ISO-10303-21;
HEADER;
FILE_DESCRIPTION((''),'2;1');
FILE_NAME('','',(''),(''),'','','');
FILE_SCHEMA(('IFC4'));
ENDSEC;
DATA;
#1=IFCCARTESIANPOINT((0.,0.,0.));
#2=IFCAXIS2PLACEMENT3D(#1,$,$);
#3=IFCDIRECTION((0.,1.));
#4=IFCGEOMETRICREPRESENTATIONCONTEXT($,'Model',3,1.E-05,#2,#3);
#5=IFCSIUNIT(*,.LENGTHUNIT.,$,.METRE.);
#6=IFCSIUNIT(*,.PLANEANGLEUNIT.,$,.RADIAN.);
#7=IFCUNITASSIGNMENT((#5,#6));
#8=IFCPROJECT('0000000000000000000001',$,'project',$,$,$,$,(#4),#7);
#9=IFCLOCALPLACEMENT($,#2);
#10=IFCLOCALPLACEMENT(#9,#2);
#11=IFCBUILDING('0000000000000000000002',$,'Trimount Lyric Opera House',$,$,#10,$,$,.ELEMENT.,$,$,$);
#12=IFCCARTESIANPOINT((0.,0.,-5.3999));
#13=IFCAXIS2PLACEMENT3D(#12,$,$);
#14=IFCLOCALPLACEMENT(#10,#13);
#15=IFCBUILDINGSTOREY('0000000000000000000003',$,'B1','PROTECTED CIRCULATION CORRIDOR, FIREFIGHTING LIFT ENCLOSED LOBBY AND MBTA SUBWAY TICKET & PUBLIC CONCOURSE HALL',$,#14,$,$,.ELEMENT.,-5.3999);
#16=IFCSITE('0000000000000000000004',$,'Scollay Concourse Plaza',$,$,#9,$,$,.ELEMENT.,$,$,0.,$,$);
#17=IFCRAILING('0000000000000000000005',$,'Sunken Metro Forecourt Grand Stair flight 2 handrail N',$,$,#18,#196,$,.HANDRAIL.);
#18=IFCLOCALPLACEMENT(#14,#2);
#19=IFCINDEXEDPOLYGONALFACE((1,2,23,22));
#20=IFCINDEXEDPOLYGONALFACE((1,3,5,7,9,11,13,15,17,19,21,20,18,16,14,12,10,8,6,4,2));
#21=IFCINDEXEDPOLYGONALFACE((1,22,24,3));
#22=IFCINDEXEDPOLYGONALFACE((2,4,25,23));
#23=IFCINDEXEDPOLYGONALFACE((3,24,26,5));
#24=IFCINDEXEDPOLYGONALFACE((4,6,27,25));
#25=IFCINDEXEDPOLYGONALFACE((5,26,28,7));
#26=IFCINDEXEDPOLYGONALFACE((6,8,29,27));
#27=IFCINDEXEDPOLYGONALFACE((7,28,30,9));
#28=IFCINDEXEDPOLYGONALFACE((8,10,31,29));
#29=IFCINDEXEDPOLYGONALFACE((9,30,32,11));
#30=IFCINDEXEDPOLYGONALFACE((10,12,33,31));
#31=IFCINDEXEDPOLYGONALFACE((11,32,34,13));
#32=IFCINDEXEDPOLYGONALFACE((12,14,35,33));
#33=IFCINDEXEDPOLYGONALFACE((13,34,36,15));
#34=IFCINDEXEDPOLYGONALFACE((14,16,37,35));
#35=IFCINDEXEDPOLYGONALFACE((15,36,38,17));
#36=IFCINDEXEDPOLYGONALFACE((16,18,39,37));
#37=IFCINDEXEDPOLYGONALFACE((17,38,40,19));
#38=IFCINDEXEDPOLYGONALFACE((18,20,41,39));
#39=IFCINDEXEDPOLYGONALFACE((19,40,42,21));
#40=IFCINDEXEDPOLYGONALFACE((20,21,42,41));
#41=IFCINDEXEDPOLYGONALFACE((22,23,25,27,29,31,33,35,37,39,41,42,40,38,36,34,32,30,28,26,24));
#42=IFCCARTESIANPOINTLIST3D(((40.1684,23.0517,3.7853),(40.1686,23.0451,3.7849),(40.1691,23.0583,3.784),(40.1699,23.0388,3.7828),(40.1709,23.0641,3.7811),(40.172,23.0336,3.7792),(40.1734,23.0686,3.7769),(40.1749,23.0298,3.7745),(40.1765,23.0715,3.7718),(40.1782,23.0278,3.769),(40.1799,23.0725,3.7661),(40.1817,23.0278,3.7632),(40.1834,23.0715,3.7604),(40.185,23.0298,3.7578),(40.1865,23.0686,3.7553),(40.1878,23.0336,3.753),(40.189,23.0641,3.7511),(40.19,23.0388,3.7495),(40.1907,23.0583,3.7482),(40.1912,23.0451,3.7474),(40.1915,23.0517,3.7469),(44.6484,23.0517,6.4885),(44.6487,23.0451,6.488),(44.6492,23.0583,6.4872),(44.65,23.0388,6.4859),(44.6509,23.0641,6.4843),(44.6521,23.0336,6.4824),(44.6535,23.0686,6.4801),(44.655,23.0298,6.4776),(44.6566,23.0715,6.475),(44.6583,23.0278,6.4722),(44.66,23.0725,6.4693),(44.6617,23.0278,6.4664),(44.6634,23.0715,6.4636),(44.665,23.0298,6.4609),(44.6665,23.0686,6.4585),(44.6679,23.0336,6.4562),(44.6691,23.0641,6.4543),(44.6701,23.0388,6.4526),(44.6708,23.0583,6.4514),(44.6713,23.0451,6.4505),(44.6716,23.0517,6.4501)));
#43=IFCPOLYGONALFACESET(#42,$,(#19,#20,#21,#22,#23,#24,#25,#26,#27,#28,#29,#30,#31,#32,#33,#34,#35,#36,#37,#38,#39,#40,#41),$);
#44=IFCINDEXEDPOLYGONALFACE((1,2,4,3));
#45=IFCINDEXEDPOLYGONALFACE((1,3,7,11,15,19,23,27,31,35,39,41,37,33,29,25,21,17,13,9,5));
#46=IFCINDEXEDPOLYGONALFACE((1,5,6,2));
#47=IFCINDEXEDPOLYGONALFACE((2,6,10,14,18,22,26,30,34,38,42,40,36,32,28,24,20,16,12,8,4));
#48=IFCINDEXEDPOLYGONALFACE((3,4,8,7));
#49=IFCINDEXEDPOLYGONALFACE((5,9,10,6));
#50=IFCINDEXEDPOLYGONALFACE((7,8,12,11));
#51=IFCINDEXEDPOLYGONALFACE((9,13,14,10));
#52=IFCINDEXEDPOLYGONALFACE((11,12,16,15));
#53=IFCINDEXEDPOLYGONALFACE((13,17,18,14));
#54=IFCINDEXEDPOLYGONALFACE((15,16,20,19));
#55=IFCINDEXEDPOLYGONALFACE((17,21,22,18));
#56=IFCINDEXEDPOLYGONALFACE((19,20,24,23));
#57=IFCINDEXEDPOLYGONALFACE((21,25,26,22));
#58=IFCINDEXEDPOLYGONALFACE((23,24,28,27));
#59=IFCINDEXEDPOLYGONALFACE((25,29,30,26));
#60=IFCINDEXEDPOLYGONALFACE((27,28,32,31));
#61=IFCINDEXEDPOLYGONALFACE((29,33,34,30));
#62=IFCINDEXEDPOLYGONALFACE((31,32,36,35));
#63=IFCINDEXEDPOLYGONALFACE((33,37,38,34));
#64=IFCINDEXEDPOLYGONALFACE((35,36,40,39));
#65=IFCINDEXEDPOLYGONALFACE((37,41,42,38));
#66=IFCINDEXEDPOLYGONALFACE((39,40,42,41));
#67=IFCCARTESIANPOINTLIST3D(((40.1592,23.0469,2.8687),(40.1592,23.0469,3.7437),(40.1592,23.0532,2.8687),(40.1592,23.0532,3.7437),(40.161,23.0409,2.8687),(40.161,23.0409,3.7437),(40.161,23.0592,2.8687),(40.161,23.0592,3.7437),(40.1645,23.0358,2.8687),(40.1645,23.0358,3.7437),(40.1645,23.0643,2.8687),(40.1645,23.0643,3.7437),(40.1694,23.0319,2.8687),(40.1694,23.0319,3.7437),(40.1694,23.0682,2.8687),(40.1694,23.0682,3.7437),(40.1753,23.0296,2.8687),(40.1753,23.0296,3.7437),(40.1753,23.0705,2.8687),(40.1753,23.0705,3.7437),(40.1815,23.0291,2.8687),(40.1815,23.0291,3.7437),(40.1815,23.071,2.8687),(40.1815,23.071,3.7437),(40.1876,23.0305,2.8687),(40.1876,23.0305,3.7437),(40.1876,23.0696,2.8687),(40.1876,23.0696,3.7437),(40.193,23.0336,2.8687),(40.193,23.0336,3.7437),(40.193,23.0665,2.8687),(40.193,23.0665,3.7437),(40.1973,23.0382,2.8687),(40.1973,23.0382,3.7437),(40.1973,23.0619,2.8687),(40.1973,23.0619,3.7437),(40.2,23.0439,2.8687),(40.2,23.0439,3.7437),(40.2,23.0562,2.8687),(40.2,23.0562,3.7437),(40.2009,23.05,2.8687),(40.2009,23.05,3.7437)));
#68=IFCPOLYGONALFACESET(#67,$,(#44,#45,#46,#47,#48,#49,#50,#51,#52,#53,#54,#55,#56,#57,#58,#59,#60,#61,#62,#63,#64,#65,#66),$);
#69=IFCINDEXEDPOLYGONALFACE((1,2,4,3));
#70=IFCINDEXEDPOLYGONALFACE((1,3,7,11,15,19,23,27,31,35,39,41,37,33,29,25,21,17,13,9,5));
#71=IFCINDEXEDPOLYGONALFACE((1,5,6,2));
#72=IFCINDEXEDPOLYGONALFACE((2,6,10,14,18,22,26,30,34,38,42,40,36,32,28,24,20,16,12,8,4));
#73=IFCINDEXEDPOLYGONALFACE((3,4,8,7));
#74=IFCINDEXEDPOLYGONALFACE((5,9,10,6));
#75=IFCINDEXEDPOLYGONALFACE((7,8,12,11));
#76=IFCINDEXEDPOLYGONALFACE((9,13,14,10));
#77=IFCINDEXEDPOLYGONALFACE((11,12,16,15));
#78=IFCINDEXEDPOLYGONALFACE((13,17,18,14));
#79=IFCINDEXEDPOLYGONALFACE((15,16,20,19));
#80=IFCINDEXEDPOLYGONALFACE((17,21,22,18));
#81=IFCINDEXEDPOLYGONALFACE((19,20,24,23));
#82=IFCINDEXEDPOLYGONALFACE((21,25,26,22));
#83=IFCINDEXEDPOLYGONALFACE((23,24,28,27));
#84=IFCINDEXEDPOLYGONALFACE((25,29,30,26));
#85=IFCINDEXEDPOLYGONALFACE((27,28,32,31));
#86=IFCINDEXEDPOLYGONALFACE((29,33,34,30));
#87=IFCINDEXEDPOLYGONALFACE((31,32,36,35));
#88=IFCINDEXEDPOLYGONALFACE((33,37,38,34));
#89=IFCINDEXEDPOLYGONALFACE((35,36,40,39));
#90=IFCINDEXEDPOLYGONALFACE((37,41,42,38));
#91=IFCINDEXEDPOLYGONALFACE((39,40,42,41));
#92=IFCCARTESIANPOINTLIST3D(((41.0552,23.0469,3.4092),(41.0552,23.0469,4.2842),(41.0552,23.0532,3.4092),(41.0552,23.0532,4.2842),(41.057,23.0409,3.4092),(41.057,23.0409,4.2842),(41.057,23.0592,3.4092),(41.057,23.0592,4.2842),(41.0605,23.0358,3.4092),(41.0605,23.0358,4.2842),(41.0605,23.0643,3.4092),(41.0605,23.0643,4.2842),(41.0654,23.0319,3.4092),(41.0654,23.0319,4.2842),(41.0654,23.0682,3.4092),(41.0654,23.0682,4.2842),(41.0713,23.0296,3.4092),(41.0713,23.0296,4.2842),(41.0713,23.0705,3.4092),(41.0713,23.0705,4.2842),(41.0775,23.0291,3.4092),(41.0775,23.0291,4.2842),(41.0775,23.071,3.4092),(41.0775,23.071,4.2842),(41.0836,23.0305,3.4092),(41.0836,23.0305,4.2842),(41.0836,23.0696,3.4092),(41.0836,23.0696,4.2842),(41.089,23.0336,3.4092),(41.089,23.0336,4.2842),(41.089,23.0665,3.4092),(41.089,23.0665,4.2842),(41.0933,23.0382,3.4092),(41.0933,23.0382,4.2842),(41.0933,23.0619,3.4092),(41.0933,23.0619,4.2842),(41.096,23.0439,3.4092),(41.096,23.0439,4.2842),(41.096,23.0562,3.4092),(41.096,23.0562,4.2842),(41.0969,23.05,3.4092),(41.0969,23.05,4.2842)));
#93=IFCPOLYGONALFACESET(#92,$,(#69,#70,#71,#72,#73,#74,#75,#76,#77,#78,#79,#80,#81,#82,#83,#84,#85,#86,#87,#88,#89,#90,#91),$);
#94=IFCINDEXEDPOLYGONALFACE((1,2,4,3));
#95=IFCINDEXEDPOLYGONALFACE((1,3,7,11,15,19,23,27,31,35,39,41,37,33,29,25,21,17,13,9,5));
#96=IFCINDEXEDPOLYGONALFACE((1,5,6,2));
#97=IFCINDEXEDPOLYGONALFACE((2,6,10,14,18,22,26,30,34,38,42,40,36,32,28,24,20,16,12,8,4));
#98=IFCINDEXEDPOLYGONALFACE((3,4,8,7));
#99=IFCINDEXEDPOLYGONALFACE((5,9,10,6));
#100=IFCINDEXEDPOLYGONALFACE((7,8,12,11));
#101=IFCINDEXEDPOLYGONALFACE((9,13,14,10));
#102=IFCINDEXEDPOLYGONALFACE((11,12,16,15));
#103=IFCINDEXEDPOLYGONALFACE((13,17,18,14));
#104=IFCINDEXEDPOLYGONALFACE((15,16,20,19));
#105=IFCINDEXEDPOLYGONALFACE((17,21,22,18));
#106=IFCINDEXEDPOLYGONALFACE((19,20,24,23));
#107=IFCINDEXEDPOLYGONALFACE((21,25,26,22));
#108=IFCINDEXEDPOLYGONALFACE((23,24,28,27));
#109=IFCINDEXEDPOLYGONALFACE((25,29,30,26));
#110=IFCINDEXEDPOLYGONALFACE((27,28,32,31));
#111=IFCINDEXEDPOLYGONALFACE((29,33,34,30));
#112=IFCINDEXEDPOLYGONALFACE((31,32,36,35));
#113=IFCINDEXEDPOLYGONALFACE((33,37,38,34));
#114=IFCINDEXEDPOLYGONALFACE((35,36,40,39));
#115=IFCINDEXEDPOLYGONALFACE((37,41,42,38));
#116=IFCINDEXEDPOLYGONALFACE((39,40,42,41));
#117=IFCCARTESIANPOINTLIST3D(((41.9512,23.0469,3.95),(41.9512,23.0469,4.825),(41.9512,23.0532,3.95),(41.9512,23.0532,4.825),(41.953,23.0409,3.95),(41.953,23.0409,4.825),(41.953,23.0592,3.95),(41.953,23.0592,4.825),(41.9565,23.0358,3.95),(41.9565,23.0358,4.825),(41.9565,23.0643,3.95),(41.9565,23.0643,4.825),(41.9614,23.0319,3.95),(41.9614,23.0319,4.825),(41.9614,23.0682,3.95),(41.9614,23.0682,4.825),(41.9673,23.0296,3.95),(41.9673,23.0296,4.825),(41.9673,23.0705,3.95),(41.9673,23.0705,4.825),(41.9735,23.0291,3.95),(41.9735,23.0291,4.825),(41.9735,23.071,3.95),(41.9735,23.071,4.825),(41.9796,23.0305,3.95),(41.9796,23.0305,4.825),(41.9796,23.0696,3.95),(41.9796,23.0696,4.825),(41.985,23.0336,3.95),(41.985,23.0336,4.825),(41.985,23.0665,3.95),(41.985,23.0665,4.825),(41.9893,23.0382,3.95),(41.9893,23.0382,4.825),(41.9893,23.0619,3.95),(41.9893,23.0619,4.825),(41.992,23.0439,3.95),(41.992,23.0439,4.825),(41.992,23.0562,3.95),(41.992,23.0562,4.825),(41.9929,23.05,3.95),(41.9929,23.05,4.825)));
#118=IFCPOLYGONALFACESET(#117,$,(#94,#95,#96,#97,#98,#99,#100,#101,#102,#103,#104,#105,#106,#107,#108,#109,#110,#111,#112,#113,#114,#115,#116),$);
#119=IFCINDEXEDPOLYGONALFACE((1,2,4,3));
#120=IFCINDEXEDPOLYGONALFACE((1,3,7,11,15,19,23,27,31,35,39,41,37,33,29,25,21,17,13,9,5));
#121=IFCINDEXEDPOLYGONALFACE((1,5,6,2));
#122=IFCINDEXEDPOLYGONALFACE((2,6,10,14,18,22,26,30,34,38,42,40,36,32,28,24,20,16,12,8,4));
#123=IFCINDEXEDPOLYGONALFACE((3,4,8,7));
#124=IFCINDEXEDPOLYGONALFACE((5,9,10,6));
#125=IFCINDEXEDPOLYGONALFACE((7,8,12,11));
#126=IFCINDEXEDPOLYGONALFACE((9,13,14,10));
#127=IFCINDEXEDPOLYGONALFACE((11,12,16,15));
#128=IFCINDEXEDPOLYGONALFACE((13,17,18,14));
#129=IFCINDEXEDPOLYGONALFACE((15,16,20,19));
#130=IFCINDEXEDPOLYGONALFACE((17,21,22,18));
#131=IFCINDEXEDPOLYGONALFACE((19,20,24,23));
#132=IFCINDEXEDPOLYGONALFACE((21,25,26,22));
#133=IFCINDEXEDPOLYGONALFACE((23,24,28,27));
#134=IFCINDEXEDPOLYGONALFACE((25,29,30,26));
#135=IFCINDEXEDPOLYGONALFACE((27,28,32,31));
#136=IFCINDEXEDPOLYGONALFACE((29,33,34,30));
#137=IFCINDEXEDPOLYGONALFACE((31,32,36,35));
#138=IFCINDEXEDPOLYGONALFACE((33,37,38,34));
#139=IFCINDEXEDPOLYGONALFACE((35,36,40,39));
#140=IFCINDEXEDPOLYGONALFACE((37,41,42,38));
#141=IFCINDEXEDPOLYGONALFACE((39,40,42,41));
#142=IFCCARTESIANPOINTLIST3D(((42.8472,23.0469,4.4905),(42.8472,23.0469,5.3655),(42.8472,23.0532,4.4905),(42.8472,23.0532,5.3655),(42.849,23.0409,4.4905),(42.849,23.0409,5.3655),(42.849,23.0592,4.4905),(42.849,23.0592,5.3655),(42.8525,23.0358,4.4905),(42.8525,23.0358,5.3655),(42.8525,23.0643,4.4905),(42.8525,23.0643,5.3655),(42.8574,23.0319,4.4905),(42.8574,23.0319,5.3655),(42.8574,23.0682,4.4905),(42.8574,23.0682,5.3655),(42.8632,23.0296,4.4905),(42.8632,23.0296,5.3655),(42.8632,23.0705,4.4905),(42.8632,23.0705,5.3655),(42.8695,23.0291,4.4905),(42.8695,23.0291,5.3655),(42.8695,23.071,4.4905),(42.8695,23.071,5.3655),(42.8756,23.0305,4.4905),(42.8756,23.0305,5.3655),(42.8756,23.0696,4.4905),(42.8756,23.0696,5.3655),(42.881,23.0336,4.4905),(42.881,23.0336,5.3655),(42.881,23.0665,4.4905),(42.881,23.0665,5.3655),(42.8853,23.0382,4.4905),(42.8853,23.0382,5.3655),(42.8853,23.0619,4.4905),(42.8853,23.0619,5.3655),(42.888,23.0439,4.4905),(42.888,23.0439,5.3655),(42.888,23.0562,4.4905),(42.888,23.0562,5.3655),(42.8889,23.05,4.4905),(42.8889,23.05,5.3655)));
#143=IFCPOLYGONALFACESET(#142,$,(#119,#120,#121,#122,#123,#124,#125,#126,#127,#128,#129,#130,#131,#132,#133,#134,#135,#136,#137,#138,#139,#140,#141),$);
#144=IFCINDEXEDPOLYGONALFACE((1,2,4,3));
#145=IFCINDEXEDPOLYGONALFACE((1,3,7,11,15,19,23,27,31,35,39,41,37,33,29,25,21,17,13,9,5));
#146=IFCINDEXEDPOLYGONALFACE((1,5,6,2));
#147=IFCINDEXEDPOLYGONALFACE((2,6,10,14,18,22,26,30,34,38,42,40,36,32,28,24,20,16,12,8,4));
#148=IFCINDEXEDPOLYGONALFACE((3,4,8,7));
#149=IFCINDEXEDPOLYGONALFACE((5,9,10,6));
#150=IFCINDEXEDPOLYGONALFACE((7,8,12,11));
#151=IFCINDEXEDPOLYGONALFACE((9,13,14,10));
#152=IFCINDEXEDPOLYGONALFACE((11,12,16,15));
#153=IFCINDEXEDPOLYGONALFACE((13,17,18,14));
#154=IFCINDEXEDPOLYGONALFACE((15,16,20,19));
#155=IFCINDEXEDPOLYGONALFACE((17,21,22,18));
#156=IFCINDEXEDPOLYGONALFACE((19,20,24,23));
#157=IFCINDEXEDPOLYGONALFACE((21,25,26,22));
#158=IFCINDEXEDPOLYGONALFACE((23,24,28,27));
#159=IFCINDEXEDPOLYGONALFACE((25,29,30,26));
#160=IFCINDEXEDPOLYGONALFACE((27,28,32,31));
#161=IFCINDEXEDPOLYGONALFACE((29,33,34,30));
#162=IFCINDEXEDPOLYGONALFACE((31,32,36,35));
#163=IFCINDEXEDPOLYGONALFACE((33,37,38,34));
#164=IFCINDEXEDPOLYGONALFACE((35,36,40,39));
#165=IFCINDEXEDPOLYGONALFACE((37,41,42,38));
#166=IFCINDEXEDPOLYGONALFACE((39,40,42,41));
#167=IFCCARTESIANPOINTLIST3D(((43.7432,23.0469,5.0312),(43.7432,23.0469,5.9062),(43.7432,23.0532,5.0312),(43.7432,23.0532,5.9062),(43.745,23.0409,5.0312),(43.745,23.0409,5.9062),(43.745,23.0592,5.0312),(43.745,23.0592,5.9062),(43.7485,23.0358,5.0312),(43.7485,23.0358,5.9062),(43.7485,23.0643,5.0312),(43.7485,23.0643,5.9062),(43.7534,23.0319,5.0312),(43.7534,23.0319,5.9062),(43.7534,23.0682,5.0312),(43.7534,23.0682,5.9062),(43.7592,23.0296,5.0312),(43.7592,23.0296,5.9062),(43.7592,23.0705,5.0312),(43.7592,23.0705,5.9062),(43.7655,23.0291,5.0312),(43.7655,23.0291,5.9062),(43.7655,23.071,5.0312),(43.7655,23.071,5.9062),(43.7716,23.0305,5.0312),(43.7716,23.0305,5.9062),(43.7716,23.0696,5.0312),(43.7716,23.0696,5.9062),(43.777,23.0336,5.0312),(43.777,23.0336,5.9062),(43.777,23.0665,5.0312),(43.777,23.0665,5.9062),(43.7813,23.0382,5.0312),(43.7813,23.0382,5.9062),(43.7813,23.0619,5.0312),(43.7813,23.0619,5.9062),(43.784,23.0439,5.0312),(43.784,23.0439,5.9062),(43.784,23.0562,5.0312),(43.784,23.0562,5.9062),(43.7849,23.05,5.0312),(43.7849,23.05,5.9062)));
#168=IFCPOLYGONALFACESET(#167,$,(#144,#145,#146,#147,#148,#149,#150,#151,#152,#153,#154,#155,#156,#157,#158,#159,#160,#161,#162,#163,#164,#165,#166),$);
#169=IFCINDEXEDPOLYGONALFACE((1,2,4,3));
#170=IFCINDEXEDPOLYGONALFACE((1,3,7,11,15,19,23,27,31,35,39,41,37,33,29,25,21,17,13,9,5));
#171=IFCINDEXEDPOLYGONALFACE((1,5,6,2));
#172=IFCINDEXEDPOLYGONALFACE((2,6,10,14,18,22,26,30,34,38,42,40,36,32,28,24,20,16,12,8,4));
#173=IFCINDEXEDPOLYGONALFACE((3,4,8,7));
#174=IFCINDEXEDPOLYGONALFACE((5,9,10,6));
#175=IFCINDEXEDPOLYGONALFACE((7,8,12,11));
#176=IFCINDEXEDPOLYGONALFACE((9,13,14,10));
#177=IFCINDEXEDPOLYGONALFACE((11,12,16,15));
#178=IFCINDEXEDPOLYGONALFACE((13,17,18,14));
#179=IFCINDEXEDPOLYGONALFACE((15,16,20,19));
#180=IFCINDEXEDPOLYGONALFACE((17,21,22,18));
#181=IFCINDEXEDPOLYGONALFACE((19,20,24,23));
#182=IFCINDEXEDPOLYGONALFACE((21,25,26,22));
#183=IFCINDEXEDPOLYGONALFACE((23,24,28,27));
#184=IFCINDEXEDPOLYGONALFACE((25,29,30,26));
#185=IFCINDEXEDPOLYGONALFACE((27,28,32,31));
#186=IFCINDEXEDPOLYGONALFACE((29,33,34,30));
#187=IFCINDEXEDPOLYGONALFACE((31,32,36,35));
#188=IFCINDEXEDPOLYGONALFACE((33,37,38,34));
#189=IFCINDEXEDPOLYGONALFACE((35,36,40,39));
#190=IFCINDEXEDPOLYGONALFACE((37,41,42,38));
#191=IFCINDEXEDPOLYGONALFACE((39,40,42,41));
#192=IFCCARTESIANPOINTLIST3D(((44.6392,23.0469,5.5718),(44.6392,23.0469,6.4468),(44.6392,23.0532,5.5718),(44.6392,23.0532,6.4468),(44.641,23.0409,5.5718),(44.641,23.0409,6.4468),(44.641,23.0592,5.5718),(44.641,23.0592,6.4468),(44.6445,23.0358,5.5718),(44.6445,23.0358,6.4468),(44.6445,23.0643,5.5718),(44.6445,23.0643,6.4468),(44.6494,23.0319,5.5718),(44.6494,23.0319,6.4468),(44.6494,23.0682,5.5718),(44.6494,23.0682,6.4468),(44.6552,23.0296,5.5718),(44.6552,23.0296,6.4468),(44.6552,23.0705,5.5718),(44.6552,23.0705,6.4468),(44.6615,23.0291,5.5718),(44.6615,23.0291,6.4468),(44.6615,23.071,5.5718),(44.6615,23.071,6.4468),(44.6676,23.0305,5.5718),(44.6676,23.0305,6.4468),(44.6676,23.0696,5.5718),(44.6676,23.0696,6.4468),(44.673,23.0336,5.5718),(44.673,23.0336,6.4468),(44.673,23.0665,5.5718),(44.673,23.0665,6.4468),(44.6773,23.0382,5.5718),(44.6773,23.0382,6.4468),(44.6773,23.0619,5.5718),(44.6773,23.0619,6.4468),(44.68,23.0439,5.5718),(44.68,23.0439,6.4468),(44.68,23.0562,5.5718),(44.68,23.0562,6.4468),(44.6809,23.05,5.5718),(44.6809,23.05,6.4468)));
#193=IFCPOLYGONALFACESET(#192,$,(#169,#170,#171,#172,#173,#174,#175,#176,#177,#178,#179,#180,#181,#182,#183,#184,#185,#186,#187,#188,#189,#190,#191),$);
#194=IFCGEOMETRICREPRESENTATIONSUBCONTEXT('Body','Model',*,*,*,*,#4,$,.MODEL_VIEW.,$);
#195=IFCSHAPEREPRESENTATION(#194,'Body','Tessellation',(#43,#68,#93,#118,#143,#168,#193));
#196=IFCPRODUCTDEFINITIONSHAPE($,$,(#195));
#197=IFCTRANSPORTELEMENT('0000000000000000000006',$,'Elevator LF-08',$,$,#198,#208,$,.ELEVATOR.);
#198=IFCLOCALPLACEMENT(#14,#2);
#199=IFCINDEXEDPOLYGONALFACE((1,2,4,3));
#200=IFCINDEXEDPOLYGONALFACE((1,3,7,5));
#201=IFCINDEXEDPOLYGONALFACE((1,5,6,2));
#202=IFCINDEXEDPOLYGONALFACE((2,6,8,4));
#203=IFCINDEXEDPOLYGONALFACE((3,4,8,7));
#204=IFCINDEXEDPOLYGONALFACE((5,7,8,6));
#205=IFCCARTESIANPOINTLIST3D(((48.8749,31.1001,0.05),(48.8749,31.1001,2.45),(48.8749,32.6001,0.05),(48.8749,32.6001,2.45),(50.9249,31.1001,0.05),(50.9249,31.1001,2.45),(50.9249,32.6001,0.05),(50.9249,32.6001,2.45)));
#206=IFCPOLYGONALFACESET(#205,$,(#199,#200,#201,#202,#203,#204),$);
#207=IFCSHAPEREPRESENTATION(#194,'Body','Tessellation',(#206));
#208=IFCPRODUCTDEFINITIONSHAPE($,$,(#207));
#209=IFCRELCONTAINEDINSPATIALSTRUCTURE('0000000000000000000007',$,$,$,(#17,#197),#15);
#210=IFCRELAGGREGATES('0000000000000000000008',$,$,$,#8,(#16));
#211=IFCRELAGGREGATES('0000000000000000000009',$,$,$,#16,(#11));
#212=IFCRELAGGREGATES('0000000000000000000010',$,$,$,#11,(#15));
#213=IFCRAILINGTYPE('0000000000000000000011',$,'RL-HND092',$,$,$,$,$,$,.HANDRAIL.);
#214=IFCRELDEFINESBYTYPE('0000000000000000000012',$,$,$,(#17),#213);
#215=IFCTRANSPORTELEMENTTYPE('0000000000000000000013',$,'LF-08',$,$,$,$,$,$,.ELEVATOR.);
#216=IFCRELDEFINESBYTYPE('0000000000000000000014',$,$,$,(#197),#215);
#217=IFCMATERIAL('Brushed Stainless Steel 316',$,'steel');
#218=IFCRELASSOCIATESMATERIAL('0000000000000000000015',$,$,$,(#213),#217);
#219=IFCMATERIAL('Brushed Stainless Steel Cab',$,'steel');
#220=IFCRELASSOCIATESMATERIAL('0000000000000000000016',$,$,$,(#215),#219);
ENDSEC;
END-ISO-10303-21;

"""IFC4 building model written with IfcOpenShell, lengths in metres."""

from ifc_helpers import new_model, si_unit, direction, frame, origin, origin_2d, place, context, subcontext, project, spatial, rectangle, circle, extrude, material, type_object, element, save


model = new_model("IFC4")

# Units and contexts
model_context = context("Model", 3, precision=1e-05, world=origin(), true_north=direction((0.0, 1.0)))
body_context = subcontext(model_context, "Body", "Model", "MODEL_VIEW")
ifc_project = project(units=[si_unit("LENGTHUNIT", "METRE"), si_unit("PLANEANGLEUNIT", "RADIAN")], contexts=[model_context])

# Site, building, storey
site_placement = place(None, origin())
site = spatial("IfcSite", under=ifc_project, at=site_placement, Name="Scollay Concourse Plaza", CompositionType="ELEMENT", RefElevation=0.0)
building_placement = place(site_placement, origin())
building = spatial("IfcBuilding", under=site, at=building_placement, Name="Trimount Lyric Opera House", CompositionType="ELEMENT")
storey_placement = place(building_placement, frame((0.0, 0.0, -5.3999)))
storey = spatial("IfcBuildingStorey", under=building, at=storey_placement, Name="B1", Description="PROTECTED CIRCULATION CORRIDOR, FIREFIGHTING LIFT ENCLOSED LOBBY AND MBTA SUBWAY TICKET & PUBLIC CONCOURSE HALL", CompositionType="ELEMENT", Elevation=-5.3999)

# Railing
ifc_material_1 = material(Name="Brushed Stainless Steel 316", Category="steel")
railing_type = type_object("IfcRailingType", Name="RL-HND092", PredefinedType="HANDRAIL", material=ifc_material_1)
for number, where, name in (
    (1, (40.1799, 23.05, 2.8687), "Sunken Metro Forecourt Grand Stair flight 2 handrail N"),
):
    element("IfcRailing", number, at=place(storey_placement, frame(where)), inside=storey, type_object=railing_type, Name=name, PredefinedType="HANDRAIL", context=body_context, shape_type="SweptSolid", body=[
        extrude(circle(Radius=0.0225, at=origin_2d()), frame((0.0, 0.0, 0.8975), z_axis=(0.856214, 0.0, 0.516621), x_axis=(0.0, 1.0, 0.0)), (0.0, 0.0, 1.0), 5.2324),
        extrude(circle(Radius=0.021, at=origin_2d()), origin(), (0.0, 0.0, 1.0), 0.875),
        extrude(circle(Radius=0.021, at=origin_2d()), frame((0.896, 0.0, 0.5405)), (0.0, 0.0, 1.0), 0.875),
        extrude(circle(Radius=0.021, at=origin_2d()), frame((1.792, 0.0, 1.0813)), (0.0, 0.0, 1.0), 0.875),
        extrude(circle(Radius=0.021, at=origin_2d()), frame((2.688, 0.0, 1.6218)), (0.0, 0.0, 1.0), 0.875),
        extrude(circle(Radius=0.021, at=origin_2d()), frame((3.584, 0.0, 2.1626)), (0.0, 0.0, 1.0), 0.875),
        extrude(circle(Radius=0.021, at=origin_2d()), frame((4.48, 0.0, 2.7031)), (0.0, 0.0, 1.0), 0.875),
    ])

# Transport element
ifc_material_2 = material(Name="Brushed Stainless Steel Cab", Category="steel")
transport_element_type = type_object("IfcTransportElementType", Name="LF-08", PredefinedType="ELEVATOR", material=ifc_material_2)
transport_element_placement = place(storey_placement, frame((49.8999, 31.8501, 0.05), z_axis=(0.0, 0.0, 1.0), x_axis=(1.0, 0.0, 0.0)))
element("IfcTransportElement", 2, at=transport_element_placement, inside=storey, type_object=transport_element_type, Name="Elevator LF-08", PredefinedType="ELEVATOR", context=body_context, shape_type="SweptSolid", body=[
    extrude(rectangle(XDim=2.05, YDim=1.5, at=origin_2d()), origin(), (0.0, 0.0, 1.0), 2.3999),
])

save(model, "model.ifc")
